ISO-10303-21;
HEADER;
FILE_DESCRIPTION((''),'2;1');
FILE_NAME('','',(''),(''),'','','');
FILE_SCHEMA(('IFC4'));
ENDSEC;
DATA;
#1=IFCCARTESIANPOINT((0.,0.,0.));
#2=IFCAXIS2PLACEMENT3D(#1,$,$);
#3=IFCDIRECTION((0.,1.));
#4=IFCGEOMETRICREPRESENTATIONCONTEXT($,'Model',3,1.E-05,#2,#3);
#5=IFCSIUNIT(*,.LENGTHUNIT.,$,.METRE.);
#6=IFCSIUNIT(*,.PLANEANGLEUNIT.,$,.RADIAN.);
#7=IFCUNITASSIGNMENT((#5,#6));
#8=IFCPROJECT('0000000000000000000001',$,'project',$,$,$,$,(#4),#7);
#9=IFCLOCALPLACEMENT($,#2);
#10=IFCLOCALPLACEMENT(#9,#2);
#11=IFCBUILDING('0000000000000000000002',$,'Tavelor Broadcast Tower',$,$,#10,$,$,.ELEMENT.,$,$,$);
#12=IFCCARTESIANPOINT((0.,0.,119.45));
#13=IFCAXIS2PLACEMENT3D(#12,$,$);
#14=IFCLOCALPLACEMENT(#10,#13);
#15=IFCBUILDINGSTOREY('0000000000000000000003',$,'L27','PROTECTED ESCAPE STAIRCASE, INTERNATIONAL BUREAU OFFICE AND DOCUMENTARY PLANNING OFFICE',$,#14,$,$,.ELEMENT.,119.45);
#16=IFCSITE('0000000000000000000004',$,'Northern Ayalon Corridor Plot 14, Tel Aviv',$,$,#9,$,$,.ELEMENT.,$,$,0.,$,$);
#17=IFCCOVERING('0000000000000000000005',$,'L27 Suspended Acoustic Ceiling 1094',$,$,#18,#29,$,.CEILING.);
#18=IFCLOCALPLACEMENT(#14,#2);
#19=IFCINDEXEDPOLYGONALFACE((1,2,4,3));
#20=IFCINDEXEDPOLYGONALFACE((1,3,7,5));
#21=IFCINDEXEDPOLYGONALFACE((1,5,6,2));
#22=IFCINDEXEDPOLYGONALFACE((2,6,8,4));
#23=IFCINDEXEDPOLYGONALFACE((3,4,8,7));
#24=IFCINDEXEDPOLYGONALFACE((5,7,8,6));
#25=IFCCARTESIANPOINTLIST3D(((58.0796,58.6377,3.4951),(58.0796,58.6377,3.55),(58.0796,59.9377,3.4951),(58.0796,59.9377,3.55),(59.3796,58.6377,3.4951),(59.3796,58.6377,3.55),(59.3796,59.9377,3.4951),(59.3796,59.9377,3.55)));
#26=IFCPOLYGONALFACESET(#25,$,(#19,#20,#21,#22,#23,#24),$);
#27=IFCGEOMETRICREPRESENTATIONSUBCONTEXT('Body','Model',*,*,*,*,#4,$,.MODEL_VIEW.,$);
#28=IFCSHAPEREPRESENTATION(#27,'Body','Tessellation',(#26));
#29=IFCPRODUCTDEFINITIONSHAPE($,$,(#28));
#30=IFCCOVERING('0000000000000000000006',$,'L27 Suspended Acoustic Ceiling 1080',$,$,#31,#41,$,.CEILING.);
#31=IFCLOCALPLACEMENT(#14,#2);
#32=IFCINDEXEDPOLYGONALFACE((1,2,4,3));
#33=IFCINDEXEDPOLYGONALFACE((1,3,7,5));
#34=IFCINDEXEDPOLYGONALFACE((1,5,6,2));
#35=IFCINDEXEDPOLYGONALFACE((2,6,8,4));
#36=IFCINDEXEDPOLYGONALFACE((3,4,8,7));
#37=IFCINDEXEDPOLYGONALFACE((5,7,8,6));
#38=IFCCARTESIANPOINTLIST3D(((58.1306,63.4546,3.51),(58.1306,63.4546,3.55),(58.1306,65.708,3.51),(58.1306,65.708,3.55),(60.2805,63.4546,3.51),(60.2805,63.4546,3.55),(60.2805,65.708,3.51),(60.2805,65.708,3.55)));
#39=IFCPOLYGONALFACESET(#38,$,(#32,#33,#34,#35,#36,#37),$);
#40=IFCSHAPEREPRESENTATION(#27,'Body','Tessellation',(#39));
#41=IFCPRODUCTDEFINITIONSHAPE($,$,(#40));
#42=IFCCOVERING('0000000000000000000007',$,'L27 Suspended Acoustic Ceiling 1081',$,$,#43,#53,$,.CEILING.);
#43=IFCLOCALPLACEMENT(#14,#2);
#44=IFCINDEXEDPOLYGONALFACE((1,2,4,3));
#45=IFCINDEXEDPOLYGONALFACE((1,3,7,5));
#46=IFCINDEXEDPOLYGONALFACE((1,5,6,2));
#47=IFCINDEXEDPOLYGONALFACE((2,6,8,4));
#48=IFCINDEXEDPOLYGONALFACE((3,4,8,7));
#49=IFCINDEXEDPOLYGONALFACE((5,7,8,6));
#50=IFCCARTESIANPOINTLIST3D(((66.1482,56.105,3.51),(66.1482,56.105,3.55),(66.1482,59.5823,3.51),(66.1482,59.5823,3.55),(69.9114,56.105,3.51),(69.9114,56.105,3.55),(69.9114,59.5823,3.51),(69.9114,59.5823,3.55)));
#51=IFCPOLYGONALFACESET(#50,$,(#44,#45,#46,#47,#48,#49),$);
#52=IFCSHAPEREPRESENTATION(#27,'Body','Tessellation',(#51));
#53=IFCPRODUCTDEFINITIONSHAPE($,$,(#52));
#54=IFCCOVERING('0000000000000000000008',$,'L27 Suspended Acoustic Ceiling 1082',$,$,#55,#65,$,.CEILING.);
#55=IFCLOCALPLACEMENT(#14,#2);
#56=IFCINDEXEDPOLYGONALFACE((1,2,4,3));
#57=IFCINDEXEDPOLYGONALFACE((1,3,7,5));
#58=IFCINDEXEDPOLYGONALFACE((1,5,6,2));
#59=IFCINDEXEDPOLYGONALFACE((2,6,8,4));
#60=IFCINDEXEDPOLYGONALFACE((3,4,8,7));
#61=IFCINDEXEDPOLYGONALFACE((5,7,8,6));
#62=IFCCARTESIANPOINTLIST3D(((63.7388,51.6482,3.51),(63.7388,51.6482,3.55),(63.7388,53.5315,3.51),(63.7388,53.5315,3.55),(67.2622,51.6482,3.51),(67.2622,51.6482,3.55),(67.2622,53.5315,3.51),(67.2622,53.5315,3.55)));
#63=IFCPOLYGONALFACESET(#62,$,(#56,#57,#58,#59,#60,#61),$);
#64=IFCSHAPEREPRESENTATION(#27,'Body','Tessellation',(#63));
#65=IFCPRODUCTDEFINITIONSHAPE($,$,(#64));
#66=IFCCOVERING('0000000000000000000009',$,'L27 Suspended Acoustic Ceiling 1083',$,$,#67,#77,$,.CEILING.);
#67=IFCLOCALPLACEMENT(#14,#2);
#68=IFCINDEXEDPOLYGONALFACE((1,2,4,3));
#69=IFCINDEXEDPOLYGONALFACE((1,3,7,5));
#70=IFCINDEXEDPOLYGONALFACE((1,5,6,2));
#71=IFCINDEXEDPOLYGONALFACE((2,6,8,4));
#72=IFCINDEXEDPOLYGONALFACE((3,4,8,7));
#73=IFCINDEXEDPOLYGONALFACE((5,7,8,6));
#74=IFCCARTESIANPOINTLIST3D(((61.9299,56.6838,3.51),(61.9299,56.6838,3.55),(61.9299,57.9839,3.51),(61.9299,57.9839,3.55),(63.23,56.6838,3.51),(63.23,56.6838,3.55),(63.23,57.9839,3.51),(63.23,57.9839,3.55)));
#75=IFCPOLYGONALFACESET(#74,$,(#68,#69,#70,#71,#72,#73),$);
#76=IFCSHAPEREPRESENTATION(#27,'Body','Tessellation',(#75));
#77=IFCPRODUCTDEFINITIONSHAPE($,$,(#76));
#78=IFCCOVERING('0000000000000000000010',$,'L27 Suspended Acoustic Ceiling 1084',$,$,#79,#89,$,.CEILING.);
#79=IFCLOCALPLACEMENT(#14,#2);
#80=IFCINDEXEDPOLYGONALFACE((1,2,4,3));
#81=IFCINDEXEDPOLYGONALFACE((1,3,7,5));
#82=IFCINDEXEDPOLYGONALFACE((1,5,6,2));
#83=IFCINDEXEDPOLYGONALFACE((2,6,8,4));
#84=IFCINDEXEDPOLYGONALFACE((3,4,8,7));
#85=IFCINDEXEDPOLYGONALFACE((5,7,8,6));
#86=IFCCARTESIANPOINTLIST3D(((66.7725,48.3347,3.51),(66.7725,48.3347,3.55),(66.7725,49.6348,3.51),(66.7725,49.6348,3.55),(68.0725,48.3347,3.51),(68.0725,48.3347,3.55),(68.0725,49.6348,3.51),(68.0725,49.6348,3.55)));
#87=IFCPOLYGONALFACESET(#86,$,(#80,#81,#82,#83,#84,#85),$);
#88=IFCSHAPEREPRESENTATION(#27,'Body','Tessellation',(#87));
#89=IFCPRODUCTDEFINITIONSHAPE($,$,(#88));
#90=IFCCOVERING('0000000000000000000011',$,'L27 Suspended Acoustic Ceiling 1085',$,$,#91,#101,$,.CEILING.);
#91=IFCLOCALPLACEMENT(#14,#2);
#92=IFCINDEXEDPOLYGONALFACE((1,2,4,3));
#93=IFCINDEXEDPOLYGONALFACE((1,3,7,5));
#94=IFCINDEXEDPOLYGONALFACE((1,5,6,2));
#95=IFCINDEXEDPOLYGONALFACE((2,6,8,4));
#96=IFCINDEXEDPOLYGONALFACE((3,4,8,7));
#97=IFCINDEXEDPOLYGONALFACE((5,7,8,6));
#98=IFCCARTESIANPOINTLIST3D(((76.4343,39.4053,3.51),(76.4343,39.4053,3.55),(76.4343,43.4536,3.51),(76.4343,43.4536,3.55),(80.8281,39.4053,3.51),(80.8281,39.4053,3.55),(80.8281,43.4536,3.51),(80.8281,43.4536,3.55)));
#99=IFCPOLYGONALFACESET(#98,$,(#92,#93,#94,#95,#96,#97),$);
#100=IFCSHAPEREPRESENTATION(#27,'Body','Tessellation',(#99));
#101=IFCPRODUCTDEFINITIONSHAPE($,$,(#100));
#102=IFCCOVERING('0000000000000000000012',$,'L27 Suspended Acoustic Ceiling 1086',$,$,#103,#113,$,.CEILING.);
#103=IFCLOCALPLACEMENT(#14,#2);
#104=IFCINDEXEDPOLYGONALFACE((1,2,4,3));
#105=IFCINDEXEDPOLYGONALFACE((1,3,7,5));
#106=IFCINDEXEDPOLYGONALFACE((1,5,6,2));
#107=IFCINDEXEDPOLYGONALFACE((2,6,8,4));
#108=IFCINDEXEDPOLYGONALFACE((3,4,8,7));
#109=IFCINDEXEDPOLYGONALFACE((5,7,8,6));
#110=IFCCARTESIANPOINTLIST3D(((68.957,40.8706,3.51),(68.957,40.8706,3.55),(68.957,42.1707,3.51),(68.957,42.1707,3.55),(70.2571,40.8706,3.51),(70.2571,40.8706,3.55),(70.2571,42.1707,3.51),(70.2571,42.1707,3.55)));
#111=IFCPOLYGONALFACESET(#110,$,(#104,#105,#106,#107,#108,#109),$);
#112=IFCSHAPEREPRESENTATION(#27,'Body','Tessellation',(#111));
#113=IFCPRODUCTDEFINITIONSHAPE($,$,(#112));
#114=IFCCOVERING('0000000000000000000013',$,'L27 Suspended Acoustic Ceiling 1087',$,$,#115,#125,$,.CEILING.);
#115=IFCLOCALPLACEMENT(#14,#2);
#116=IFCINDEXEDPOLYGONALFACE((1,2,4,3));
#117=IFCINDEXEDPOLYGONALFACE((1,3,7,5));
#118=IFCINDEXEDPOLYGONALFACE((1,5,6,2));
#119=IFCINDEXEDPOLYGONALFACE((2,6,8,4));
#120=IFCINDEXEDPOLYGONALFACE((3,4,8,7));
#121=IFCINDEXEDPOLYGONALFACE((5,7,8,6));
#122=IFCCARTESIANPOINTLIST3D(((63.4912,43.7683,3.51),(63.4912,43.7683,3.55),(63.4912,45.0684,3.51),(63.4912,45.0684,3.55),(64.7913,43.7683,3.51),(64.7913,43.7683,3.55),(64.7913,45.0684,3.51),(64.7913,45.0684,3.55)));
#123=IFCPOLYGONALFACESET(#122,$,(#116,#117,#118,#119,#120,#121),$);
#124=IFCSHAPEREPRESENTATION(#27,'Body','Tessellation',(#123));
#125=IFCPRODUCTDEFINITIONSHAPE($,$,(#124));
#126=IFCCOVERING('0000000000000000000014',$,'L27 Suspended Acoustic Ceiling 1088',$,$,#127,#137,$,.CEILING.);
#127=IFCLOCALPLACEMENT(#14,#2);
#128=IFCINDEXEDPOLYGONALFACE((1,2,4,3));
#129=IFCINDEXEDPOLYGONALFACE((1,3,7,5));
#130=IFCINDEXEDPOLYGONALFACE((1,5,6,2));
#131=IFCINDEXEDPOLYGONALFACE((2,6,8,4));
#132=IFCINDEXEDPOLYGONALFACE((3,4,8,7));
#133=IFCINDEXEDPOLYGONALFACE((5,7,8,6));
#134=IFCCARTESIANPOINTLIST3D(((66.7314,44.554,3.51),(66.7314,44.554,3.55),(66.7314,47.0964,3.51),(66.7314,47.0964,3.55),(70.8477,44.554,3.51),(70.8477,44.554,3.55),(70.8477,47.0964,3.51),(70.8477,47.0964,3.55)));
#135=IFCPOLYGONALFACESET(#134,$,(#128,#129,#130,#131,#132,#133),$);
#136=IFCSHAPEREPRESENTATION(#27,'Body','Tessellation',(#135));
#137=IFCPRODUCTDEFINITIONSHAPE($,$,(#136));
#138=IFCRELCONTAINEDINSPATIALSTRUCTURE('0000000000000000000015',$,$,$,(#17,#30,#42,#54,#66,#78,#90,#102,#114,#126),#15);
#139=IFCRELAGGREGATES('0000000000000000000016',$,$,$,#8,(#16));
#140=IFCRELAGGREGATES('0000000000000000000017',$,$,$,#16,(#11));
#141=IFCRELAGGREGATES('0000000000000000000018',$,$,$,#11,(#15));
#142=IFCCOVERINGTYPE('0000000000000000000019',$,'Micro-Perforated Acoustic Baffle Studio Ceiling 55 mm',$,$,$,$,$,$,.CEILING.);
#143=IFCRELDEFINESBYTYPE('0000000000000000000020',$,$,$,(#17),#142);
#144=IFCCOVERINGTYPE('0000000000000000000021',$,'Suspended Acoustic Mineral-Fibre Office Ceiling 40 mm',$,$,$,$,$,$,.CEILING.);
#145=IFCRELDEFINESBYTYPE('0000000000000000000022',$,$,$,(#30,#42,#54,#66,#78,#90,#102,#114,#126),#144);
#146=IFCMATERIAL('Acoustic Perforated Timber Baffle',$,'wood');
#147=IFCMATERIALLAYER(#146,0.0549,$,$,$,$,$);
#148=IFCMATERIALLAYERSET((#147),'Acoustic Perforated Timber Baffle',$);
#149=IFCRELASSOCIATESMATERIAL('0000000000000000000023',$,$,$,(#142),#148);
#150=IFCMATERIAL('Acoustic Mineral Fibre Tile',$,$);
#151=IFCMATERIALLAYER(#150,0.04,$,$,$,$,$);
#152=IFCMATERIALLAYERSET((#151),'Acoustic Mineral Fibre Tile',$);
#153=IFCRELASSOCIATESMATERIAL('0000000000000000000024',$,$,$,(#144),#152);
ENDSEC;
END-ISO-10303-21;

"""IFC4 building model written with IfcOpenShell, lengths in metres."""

from ifc_helpers import new_model, si_unit, direction, frame, origin, place, context, subcontext, project, spatial, polyline, outline, extrude, material, layer, layer_set, type_object, element, save


model = new_model("IFC4")

# Units and contexts
model_context = context("Model", 3, precision=1e-05, world=origin(), true_north=direction((0.0, 1.0)))
body_context = subcontext(model_context, "Body", "Model", "MODEL_VIEW")
ifc_project = project(units=[si_unit("LENGTHUNIT", "METRE"), si_unit("PLANEANGLEUNIT", "RADIAN")], contexts=[model_context])

# Site, building, storey
site_placement = place(None, origin())
site = spatial("IfcSite", under=ifc_project, at=site_placement, Name="Northern Ayalon Corridor Plot 14, Tel Aviv", CompositionType="ELEMENT", RefElevation=0.0)
building_placement = place(site_placement, origin())
building = spatial("IfcBuilding", under=site, at=building_placement, Name="Tavelor Broadcast Tower", CompositionType="ELEMENT")
storey_placement = place(building_placement, frame((0.0, 0.0, 119.45)))
storey = spatial("IfcBuildingStorey", under=building, at=storey_placement, Name="L27", Description="PROTECTED ESCAPE STAIRCASE, INTERNATIONAL BUREAU OFFICE AND DOCUMENTARY PLANNING OFFICE", CompositionType="ELEMENT", Elevation=119.45)

# Coverings
ifc_material_1 = material(Name="Acoustic Perforated Timber Baffle", Category="wood")
ifc_layer_1 = layer(ifc_material_1, 0.0549)
ifc_layer_set_1 = layer_set([ifc_layer_1], Name="Acoustic Perforated Timber Baffle")
covering_type_1 = type_object("IfcCoveringType", Name="Micro-Perforated Acoustic Baffle Studio Ceiling 55 mm", PredefinedType="CEILING", material=ifc_layer_set_1)
covering_1_placement = place(storey_placement, frame((0.0, 0.0, 3.4951)))
element("IfcCovering", 1, at=covering_1_placement, inside=storey, type_object=covering_type_1, Name="L27 Suspended Acoustic Ceiling 1094", PredefinedType="CEILING", context=body_context, shape_type="SweptSolid", body=[
    extrude(outline(polyline([(58.0796, 58.6377), (59.3796, 58.6377), (59.3796, 59.9377), (58.0796, 59.9377), (58.0796, 58.6377)])), origin(), (0.0, 0.0, 1.0), 0.0549),
])
ifc_material_2 = material(Name="Acoustic Mineral Fibre Tile")
ifc_layer_2 = layer(ifc_material_2, 0.04)
ifc_layer_set_2 = layer_set([ifc_layer_2], Name="Acoustic Mineral Fibre Tile")
covering_type_2 = type_object("IfcCoveringType", Name="Suspended Acoustic Mineral-Fibre Office Ceiling 40 mm", PredefinedType="CEILING", material=ifc_layer_set_2)
covering_2_placement = place(storey_placement, frame((0.0, 0.0, 3.51)))
element("IfcCovering", 2, at=covering_2_placement, inside=storey, type_object=covering_type_2, Name="L27 Suspended Acoustic Ceiling 1080", PredefinedType="CEILING", context=body_context, shape_type="SweptSolid", body=[
    extrude(outline(polyline([(58.1306, 63.4546), (60.2805, 63.4546), (60.2805, 65.708), (58.1306, 65.708), (58.1306, 63.4546)])), origin(), (0.0, 0.0, 1.0), 0.04),
])
covering_3_placement = place(storey_placement, frame((0.0, 0.0, 3.51)))
element("IfcCovering", 3, at=covering_3_placement, inside=storey, type_object=covering_type_2, Name="L27 Suspended Acoustic Ceiling 1081", PredefinedType="CEILING", context=body_context, shape_type="SweptSolid", body=[
    extrude(outline(polyline([(66.1482, 56.105), (69.9114, 56.105), (69.9114, 59.5823), (66.1482, 59.5823), (66.1482, 56.105)])), origin(), (0.0, 0.0, 1.0), 0.04),
])
covering_4_placement = place(storey_placement, frame((0.0, 0.0, 3.51)))
element("IfcCovering", 4, at=covering_4_placement, inside=storey, type_object=covering_type_2, Name="L27 Suspended Acoustic Ceiling 1082", PredefinedType="CEILING", context=body_context, shape_type="SweptSolid", body=[
    extrude(outline(polyline([(63.7388, 51.6482), (67.2622, 51.6482), (67.2622, 53.5315), (63.7388, 53.5315), (63.7388, 51.6482)])), origin(), (0.0, 0.0, 1.0), 0.04),
])
covering_5_placement = place(storey_placement, frame((0.0, 0.0, 3.51)))
element("IfcCovering", 5, at=covering_5_placement, inside=storey, type_object=covering_type_2, Name="L27 Suspended Acoustic Ceiling 1083", PredefinedType="CEILING", context=body_context, shape_type="SweptSolid", body=[
    extrude(outline(polyline([(61.9299, 56.6838), (63.23, 56.6838), (63.23, 57.9839), (61.9299, 57.9839), (61.9299, 56.6838)])), origin(), (0.0, 0.0, 1.0), 0.04),
])
covering_6_placement = place(storey_placement, frame((0.0, 0.0, 3.51)))
element("IfcCovering", 6, at=covering_6_placement, inside=storey, type_object=covering_type_2, Name="L27 Suspended Acoustic Ceiling 1084", PredefinedType="CEILING", context=body_context, shape_type="SweptSolid", body=[
    extrude(outline(polyline([(66.7725, 48.3347), (68.0725, 48.3347), (68.0725, 49.6348), (66.7725, 49.6348), (66.7725, 48.3347)])), origin(), (0.0, 0.0, 1.0), 0.04),
])
covering_7_placement = place(storey_placement, frame((0.0, 0.0, 3.51)))
element("IfcCovering", 7, at=covering_7_placement, inside=storey, type_object=covering_type_2, Name="L27 Suspended Acoustic Ceiling 1085", PredefinedType="CEILING", context=body_context, shape_type="SweptSolid", body=[
    extrude(outline(polyline([(76.4343, 39.4053), (80.8281, 39.4053), (80.8281, 43.4536), (76.4343, 43.4536), (76.4343, 39.4053)])), origin(), (0.0, 0.0, 1.0), 0.04),
])
covering_8_placement = place(storey_placement, frame((0.0, 0.0, 3.51)))
element("IfcCovering", 8, at=covering_8_placement, inside=storey, type_object=covering_type_2, Name="L27 Suspended Acoustic Ceiling 1086", PredefinedType="CEILING", context=body_context, shape_type="SweptSolid", body=[
    extrude(outline(polyline([(68.957, 40.8706), (70.2571, 40.8706), (70.2571, 42.1707), (68.957, 42.1707), (68.957, 40.8706)])), origin(), (0.0, 0.0, 1.0), 0.04),
])
covering_9_placement = place(storey_placement, frame((0.0, 0.0, 3.51)))
element("IfcCovering", 9, at=covering_9_placement, inside=storey, type_object=covering_type_2, Name="L27 Suspended Acoustic Ceiling 1087", PredefinedType="CEILING", context=body_context, shape_type="SweptSolid", body=[
    extrude(outline(polyline([(63.4912, 43.7683), (64.7913, 43.7683), (64.7913, 45.0684), (63.4912, 45.0684), (63.4912, 43.7683)])), origin(), (0.0, 0.0, 1.0), 0.04),
])
covering_10_placement = place(storey_placement, frame((0.0, 0.0, 3.51)))
element("IfcCovering", 10, at=covering_10_placement, inside=storey, type_object=covering_type_2, Name="L27 Suspended Acoustic Ceiling 1088", PredefinedType="CEILING", context=body_context, shape_type="SweptSolid", body=[
    extrude(outline(polyline([(66.7314, 44.554), (70.8477, 44.554), (70.8477, 47.0964), (66.7314, 47.0964), (66.7314, 44.554)])), origin(), (0.0, 0.0, 1.0), 0.04),
])

save(model, "model.ifc")
